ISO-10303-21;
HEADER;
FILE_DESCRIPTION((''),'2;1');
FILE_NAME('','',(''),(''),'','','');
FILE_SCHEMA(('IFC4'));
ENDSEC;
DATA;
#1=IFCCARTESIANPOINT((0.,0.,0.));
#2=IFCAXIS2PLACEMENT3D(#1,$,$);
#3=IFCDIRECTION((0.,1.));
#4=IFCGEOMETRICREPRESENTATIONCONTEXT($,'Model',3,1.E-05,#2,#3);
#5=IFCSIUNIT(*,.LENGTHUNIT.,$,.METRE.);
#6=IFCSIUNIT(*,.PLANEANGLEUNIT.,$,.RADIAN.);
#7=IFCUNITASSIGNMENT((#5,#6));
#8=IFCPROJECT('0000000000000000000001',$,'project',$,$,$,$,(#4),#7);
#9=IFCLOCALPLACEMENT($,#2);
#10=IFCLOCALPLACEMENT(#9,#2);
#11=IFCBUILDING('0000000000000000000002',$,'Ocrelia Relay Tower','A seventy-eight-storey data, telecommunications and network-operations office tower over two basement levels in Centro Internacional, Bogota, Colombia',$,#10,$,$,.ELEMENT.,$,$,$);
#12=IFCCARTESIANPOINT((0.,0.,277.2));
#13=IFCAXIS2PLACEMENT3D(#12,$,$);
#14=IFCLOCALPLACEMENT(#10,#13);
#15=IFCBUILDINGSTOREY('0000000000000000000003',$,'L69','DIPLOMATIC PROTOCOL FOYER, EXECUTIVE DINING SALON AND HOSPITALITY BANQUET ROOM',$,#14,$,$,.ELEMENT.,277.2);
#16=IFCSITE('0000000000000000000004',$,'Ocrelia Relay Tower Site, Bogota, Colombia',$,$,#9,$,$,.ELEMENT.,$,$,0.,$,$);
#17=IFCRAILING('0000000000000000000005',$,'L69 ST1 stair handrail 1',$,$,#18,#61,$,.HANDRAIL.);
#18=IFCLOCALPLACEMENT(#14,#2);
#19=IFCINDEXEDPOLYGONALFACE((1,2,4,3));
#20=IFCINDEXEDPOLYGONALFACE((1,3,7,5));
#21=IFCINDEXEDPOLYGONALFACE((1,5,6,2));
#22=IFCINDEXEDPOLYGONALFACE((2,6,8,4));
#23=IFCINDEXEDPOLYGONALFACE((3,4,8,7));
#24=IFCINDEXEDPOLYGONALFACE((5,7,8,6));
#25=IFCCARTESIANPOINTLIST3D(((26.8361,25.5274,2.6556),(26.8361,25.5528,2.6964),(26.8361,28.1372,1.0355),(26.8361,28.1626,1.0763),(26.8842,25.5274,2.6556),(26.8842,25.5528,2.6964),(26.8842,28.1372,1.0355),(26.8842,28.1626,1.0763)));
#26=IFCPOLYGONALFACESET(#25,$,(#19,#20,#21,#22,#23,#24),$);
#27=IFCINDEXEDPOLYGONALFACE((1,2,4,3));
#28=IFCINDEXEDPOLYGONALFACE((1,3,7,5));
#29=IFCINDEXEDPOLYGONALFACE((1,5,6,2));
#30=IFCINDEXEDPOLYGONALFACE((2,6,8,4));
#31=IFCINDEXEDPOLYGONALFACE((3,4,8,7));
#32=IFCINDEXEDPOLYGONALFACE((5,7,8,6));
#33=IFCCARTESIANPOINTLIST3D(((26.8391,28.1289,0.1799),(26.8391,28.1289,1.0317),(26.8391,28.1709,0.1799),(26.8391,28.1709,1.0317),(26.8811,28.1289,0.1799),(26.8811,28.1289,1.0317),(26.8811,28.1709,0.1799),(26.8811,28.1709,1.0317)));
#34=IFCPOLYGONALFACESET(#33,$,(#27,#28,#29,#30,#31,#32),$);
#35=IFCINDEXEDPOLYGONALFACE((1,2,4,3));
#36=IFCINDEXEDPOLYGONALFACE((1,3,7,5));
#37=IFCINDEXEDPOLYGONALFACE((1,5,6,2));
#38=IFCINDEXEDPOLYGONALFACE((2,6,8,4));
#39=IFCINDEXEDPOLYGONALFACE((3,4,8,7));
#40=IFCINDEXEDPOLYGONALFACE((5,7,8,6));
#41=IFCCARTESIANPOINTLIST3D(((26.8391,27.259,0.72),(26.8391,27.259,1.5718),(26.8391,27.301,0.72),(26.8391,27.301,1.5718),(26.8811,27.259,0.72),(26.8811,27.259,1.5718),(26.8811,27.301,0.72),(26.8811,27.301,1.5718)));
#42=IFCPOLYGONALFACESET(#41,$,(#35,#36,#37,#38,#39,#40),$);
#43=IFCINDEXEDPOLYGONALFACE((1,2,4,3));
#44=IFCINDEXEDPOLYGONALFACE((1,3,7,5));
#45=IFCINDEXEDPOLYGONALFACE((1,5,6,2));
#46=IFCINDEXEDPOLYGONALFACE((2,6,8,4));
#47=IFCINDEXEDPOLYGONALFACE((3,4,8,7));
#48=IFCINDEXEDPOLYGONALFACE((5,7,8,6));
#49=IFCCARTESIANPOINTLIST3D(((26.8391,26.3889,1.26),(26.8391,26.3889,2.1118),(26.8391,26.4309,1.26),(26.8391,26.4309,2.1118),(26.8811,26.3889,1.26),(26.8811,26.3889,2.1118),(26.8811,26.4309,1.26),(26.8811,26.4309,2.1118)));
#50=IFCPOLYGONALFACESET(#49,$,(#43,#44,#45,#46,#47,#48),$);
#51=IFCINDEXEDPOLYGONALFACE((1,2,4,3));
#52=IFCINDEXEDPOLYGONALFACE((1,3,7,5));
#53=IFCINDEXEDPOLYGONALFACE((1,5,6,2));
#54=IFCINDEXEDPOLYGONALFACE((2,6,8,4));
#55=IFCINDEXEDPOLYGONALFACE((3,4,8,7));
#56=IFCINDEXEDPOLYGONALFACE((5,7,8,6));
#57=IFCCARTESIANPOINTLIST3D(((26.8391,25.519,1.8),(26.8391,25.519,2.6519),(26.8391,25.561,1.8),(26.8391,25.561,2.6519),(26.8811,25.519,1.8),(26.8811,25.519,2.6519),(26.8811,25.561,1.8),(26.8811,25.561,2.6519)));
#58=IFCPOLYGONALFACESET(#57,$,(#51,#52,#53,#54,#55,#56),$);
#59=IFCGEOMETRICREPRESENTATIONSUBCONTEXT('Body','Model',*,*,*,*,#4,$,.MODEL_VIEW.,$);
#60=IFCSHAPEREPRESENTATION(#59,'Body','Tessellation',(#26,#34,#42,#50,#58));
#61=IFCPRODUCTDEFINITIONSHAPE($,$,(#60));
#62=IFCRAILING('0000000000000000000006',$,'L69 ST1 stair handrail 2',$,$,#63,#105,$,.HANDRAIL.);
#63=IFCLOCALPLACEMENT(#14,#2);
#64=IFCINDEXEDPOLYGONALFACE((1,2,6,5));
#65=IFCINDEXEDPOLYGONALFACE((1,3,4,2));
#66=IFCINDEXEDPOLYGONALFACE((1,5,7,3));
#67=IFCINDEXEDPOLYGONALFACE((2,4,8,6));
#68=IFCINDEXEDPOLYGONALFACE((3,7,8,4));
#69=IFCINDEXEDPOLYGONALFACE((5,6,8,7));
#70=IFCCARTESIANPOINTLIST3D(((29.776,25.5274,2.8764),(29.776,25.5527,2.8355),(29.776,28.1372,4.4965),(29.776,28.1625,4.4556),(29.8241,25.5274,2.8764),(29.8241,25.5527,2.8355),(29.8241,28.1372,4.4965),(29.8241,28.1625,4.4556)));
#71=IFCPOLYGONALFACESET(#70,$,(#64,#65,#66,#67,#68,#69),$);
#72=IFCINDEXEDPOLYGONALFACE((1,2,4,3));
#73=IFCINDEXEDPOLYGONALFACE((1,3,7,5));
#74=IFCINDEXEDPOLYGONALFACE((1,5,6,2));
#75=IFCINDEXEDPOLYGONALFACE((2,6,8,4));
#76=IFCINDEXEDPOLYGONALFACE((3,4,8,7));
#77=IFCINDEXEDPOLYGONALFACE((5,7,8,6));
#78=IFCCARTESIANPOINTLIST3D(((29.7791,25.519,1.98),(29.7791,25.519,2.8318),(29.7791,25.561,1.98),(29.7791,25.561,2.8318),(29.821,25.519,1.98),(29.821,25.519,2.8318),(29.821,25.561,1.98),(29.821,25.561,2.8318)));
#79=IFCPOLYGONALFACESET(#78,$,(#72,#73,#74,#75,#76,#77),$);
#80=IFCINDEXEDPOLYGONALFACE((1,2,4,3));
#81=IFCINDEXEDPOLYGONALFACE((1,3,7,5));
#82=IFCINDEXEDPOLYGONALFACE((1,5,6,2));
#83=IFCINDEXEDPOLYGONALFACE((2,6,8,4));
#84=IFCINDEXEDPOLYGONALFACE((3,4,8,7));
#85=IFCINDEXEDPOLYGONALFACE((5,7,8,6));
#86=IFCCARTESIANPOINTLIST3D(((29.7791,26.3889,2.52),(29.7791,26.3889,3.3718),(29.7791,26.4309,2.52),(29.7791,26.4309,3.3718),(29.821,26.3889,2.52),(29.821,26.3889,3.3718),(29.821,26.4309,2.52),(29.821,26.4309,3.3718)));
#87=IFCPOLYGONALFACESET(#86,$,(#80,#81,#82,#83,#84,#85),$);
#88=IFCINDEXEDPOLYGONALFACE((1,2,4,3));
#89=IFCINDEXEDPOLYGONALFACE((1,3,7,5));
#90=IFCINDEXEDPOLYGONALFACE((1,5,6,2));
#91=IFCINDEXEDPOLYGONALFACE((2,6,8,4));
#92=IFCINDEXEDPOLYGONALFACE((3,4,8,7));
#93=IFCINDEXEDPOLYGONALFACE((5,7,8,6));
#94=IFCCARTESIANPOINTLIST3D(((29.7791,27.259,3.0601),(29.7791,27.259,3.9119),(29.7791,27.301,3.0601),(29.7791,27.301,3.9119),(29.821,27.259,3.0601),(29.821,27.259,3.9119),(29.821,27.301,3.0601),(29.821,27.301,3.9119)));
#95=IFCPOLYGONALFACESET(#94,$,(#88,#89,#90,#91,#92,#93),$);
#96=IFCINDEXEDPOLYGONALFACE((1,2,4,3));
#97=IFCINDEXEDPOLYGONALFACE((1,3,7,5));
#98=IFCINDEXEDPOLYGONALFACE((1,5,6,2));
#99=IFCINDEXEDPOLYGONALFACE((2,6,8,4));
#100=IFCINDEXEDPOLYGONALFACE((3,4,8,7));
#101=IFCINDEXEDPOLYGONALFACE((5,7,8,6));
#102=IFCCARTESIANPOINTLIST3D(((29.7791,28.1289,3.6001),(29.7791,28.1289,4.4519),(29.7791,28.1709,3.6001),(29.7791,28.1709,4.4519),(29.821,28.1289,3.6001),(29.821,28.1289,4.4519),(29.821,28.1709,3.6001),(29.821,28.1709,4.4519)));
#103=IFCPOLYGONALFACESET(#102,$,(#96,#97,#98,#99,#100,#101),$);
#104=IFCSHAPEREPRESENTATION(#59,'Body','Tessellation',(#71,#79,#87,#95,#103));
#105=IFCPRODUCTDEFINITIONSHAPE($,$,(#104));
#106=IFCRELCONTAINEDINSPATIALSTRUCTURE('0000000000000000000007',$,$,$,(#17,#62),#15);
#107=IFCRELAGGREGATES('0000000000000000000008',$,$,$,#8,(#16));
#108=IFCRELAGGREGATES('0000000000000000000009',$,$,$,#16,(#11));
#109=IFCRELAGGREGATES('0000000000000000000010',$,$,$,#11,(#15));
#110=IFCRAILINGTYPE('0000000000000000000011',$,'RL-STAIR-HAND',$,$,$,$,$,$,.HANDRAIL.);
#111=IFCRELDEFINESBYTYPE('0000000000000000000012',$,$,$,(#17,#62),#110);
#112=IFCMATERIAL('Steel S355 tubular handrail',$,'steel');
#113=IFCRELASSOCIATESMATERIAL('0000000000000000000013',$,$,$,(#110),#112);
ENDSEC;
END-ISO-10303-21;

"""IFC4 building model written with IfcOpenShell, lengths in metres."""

from ifc_helpers import new_model, si_unit, direction, frame, origin, origin_2d, place, context, subcontext, project, spatial, rectangle, extrude, material, type_object, element, save


model = new_model("IFC4")

# Units and contexts
model_context = context("Model", 3, precision=1e-05, world=origin(), true_north=direction((0.0, 1.0)))
body_context = subcontext(model_context, "Body", "Model", "MODEL_VIEW")
ifc_project = project(units=[si_unit("LENGTHUNIT", "METRE"), si_unit("PLANEANGLEUNIT", "RADIAN")], contexts=[model_context])

# Site, building, storey
site_placement = place(None, origin())
site = spatial("IfcSite", under=ifc_project, at=site_placement, Name="Ocrelia Relay Tower Site, Bogota, Colombia", CompositionType="ELEMENT", RefElevation=0.0)
building_placement = place(site_placement, origin())
building = spatial("IfcBuilding", under=site, at=building_placement, Name="Ocrelia Relay Tower", Description="A seventy-eight-storey data, telecommunications and network-operations office tower over two basement levels in Centro Internacional, Bogota, Colombia", CompositionType="ELEMENT")
storey_placement = place(building_placement, frame((0.0, 0.0, 277.2)))
storey = spatial("IfcBuildingStorey", under=building, at=storey_placement, Name="L69", Description="DIPLOMATIC PROTOCOL FOYER, EXECUTIVE DINING SALON AND HOSPITALITY BANQUET ROOM", CompositionType="ELEMENT", Elevation=277.2)

# Railings
ifc_material_1 = material(Name="Steel S355 tubular handrail", Category="steel")
railing_type_1 = type_object("IfcRailingType", Name="RL-STAIR-HAND", PredefinedType="HANDRAIL", material=ifc_material_1)
railing_1_placement = place(storey_placement, frame((26.8601, 28.1499, 0.1799)))
element("IfcRailing", 1, at=railing_1_placement, inside=storey, type_object=railing_type_1, Name="L69 ST1 stair handrail 1", PredefinedType="HANDRAIL", context=body_context, shape_type="SweptSolid", body=[
    extrude(rectangle(XDim=0.0481, YDim=0.0481, at=origin_2d()), frame((0.0, 0.0, 0.876), z_axis=(0.0, -0.849611, 0.52741), x_axis=(1.0, 0.0, 0.0)), (0.0, 0.0, 1.0), 3.0718),
    extrude(rectangle(XDim=0.042, YDim=0.042, at=origin_2d()), origin(), (0.0, 0.0, 1.0), 0.8518),
    extrude(rectangle(XDim=0.042, YDim=0.042, at=origin_2d()), frame((0.0, -0.8699, 0.54)), (0.0, 0.0, 1.0), 0.8518),
    extrude(rectangle(XDim=0.042, YDim=0.042, at=origin_2d()), frame((0.0, -1.74, 1.0801)), (0.0, 0.0, 1.0), 0.8518),
    extrude(rectangle(XDim=0.042, YDim=0.042, at=origin_2d()), frame((0.0, -2.6099, 1.6201)), (0.0, 0.0, 1.0), 0.8518),
])
railing_2_placement = place(storey_placement, frame((29.8, 25.54, 1.98)))
element("IfcRailing", 2, at=railing_2_placement, inside=storey, type_object=railing_type_1, Name="L69 ST1 stair handrail 2", PredefinedType="HANDRAIL", context=body_context, shape_type="SweptSolid", body=[
    extrude(rectangle(XDim=0.0481, YDim=0.0481, at=origin_2d()), frame((0.0, 0.0, 0.876), z_axis=(0.0, 0.849611, 0.52741), x_axis=(-1.0, 0.0, 0.0)), (0.0, 0.0, 1.0), 3.0718),
    extrude(rectangle(XDim=0.042, YDim=0.042, at=origin_2d()), origin(), (0.0, 0.0, 1.0), 0.8518),
    extrude(rectangle(XDim=0.042, YDim=0.042, at=origin_2d()), frame((0.0, 0.8699, 0.54)), (0.0, 0.0, 1.0), 0.8518),
    extrude(rectangle(XDim=0.042, YDim=0.042, at=origin_2d()), frame((0.0, 1.74, 1.0801)), (0.0, 0.0, 1.0), 0.8518),
    extrude(rectangle(XDim=0.042, YDim=0.042, at=origin_2d()), frame((0.0, 2.6099, 1.6201)), (0.0, 0.0, 1.0), 0.8518),
])

save(model, "model.ifc")
